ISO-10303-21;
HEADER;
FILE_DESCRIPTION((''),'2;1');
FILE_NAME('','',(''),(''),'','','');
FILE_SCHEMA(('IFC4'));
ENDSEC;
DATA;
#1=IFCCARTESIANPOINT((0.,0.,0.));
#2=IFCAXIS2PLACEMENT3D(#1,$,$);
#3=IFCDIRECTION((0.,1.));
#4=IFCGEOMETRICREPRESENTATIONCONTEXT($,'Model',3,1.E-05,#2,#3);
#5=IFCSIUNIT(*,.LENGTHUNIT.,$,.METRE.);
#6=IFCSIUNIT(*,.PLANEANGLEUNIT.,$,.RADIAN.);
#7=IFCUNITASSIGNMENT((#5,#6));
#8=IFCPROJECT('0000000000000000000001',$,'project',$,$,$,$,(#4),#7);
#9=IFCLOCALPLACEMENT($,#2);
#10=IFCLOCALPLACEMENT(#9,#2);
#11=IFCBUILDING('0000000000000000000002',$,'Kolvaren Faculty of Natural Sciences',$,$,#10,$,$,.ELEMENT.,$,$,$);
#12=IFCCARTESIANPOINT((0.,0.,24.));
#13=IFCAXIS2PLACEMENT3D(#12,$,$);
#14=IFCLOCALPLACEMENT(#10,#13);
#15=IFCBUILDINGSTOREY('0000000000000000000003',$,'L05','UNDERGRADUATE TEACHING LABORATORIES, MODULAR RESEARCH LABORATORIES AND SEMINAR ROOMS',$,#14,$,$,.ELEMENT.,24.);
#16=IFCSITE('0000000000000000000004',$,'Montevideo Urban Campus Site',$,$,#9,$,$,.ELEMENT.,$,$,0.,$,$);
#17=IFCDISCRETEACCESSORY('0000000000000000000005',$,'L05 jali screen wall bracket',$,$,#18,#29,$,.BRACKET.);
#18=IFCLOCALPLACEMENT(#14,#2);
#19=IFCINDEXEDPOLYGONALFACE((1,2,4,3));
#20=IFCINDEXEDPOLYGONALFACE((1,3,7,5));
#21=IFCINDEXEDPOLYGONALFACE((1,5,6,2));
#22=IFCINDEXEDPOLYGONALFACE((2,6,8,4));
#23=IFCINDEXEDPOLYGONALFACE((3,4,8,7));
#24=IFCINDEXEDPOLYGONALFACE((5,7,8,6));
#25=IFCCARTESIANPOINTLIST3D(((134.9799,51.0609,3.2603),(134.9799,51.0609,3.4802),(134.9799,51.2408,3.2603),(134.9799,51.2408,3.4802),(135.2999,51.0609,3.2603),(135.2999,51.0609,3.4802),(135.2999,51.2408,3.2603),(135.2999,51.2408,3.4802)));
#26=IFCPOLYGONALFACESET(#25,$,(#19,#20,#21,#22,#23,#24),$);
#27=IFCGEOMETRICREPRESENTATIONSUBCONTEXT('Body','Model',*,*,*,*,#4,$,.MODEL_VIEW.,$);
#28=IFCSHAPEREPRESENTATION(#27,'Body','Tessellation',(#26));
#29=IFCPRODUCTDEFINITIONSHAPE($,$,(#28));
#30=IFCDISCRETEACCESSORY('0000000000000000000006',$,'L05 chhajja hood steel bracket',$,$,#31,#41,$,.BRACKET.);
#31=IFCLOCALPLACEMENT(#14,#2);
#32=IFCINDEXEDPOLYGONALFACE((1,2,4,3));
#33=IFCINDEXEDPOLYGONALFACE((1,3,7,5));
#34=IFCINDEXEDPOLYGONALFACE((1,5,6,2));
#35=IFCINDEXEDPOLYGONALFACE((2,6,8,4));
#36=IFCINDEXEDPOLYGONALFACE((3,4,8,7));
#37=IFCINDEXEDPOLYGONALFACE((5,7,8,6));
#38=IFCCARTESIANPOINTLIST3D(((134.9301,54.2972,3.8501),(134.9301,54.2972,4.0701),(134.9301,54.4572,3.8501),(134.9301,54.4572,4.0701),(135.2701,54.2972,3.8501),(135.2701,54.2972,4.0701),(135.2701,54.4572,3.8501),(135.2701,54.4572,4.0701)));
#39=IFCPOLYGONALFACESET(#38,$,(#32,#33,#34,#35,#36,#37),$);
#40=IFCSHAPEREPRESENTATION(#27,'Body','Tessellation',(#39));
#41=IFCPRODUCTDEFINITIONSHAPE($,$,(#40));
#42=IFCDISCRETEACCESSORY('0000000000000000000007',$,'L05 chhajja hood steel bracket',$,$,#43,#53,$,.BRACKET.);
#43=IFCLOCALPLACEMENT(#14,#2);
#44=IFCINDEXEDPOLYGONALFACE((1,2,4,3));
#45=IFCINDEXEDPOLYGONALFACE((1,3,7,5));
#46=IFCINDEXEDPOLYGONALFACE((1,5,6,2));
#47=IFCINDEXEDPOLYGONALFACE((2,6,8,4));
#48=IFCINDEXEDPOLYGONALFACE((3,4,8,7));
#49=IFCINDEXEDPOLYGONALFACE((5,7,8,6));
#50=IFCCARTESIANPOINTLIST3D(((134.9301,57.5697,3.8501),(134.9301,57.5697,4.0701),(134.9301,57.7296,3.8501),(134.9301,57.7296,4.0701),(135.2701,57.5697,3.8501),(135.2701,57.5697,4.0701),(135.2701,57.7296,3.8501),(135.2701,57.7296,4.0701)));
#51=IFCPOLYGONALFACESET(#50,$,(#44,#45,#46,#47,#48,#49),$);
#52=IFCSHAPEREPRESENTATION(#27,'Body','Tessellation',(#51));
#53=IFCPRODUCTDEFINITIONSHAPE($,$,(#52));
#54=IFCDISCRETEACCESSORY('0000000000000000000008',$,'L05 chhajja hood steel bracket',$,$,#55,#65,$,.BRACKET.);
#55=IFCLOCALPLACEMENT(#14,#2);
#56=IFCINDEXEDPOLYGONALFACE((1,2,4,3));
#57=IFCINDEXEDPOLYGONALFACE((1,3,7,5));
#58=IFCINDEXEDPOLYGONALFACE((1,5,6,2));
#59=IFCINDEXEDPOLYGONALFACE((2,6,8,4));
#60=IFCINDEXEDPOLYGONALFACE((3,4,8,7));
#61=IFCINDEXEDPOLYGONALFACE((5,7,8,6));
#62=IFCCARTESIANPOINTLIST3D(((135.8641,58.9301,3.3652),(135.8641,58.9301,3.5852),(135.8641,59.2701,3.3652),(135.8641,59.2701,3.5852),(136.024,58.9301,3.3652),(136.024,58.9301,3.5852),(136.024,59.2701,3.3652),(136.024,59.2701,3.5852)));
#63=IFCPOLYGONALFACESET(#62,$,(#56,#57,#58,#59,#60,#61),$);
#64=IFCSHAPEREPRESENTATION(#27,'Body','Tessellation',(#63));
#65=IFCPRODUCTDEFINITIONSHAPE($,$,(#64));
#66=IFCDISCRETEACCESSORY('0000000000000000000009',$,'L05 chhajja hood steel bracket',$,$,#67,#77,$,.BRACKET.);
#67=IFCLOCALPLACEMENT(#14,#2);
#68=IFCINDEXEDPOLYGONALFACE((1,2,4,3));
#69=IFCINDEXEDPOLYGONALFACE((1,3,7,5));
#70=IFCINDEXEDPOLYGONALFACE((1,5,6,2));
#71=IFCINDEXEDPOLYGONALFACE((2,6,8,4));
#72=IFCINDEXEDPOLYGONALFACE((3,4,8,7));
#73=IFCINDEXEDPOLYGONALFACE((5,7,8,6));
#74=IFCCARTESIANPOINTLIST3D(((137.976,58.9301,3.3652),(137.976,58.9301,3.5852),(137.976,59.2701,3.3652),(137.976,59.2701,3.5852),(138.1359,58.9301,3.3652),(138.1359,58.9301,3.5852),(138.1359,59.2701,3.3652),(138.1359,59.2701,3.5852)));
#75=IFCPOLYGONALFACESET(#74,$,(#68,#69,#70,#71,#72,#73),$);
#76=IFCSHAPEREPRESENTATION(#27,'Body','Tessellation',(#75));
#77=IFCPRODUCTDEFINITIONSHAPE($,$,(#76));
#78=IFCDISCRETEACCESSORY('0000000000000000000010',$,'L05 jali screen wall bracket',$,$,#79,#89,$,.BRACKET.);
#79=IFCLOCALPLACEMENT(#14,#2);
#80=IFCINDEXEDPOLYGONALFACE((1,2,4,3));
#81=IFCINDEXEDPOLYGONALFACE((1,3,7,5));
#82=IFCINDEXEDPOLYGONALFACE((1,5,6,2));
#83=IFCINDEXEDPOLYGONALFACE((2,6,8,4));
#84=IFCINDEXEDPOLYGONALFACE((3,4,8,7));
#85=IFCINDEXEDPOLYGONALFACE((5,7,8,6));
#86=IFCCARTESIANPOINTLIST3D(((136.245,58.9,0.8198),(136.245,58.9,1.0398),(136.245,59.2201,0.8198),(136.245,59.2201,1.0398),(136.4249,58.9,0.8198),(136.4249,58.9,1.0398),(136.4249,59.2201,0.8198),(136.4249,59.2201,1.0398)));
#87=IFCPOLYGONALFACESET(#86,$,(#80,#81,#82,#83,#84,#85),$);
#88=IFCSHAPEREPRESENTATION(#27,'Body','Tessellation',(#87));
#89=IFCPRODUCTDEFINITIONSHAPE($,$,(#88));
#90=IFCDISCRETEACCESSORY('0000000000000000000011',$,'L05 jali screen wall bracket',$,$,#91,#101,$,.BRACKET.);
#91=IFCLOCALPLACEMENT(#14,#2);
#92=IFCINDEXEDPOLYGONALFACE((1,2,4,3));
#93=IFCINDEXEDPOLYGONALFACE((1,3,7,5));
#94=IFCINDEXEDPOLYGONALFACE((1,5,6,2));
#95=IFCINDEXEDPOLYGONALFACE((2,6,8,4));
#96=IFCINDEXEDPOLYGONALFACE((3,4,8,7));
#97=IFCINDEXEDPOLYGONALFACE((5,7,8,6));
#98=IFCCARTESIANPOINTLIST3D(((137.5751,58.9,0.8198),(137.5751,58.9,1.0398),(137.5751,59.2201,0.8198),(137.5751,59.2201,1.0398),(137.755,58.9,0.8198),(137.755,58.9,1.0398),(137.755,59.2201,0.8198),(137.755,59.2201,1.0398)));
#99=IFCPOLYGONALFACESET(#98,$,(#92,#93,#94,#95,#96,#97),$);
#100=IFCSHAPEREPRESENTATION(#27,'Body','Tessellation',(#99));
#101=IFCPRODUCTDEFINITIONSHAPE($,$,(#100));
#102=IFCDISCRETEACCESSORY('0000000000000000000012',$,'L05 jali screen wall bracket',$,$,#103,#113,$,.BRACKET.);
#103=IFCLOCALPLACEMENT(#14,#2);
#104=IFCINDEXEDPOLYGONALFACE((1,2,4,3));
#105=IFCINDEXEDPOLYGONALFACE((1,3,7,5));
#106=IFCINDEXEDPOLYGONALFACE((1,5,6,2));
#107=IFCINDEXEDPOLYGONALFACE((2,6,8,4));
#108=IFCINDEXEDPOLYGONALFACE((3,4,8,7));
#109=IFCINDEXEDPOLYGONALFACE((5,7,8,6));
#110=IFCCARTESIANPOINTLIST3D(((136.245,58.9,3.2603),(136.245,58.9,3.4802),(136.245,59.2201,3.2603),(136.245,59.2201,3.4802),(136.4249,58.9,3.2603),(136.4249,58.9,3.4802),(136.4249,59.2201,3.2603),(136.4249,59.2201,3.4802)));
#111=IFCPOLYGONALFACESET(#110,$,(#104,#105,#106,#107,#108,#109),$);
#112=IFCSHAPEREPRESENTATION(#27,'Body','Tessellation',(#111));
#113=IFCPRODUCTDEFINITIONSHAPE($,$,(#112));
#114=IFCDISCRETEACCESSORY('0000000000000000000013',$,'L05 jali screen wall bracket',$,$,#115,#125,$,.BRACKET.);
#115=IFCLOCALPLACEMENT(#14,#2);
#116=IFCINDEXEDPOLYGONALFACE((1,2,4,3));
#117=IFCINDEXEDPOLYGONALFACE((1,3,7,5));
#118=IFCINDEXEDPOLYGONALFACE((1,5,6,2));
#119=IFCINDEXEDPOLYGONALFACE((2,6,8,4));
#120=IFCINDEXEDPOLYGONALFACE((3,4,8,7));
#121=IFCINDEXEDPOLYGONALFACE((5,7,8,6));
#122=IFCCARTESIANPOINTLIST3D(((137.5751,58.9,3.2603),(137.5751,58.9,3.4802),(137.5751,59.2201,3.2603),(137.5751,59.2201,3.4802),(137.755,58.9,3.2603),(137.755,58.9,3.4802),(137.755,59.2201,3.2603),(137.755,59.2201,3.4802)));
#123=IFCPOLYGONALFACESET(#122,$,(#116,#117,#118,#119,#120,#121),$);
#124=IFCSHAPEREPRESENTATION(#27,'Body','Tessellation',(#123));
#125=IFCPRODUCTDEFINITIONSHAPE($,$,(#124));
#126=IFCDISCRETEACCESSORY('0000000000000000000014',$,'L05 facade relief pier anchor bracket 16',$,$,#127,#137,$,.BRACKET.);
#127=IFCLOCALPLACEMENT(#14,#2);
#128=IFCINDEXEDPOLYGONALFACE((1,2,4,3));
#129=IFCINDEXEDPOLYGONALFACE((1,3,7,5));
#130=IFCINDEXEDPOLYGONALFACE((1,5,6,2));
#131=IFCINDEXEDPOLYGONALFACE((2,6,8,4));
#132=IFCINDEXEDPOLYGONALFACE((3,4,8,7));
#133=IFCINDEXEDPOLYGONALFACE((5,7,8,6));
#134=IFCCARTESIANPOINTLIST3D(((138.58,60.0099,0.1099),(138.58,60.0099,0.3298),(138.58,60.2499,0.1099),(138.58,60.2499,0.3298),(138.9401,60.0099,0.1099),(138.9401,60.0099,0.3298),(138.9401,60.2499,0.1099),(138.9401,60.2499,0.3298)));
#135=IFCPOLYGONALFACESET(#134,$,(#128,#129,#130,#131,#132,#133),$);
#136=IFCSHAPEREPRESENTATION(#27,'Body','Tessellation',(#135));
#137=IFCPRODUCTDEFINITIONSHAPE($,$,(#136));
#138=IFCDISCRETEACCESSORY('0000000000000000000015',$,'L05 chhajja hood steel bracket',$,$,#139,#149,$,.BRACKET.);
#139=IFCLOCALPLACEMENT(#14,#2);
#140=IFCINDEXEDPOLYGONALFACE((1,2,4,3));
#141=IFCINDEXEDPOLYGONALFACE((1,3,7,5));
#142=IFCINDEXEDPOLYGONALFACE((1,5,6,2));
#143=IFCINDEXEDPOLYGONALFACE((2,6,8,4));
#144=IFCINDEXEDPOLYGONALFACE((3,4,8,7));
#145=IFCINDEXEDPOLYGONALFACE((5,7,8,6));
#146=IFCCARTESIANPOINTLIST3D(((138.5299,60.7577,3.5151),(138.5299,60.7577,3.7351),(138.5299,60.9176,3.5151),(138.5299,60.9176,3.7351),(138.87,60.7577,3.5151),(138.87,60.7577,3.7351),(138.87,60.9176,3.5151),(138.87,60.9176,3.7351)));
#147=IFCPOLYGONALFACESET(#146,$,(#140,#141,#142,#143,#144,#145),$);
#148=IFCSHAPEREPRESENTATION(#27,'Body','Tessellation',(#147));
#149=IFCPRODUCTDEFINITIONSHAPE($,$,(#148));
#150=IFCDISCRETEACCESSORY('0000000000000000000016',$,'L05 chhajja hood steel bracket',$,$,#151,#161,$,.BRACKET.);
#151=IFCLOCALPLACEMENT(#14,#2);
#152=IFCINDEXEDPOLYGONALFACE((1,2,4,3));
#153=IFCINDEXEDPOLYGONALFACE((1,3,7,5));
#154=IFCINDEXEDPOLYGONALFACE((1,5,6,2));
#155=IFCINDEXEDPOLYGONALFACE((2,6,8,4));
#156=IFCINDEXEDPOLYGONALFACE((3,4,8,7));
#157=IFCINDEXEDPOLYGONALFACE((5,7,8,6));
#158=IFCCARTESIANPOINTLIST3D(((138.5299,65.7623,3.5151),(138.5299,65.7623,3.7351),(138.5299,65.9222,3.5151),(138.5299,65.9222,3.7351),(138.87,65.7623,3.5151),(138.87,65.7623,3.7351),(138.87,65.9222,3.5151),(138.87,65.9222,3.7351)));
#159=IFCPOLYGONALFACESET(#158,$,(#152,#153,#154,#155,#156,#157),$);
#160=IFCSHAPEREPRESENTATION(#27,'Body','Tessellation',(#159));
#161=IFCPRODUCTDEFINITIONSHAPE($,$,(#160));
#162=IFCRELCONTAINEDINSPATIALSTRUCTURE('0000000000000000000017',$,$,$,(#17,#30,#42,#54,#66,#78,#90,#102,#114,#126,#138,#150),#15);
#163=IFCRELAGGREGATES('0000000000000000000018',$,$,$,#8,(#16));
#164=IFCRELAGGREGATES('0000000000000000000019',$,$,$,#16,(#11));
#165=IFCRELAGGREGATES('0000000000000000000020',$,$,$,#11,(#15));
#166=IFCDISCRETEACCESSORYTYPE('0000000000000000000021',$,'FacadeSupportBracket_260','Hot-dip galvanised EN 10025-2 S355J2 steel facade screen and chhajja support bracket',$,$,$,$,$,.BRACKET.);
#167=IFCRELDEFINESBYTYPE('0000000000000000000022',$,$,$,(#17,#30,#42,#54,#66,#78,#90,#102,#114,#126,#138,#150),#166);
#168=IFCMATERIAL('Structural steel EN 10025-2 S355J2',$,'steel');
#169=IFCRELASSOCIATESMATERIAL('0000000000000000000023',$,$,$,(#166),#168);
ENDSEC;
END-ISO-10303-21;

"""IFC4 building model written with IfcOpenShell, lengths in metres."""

from ifc_helpers import new_model, si_unit, direction, frame, origin, origin_2d, place, context, subcontext, project, spatial, rectangle, extrude, material, type_object, element, save


model = new_model("IFC4")

# Units and contexts
model_context = context("Model", 3, precision=1e-05, world=origin(), true_north=direction((0.0, 1.0)))
body_context = subcontext(model_context, "Body", "Model", "MODEL_VIEW")
ifc_project = project(units=[si_unit("LENGTHUNIT", "METRE"), si_unit("PLANEANGLEUNIT", "RADIAN")], contexts=[model_context])

# Site, building, storey
site_placement = place(None, origin())
site = spatial("IfcSite", under=ifc_project, at=site_placement, Name="Montevideo Urban Campus Site", CompositionType="ELEMENT", RefElevation=0.0)
building_placement = place(site_placement, origin())
building = spatial("IfcBuilding", under=site, at=building_placement, Name="Kolvaren Faculty of Natural Sciences", CompositionType="ELEMENT")
storey_placement = place(building_placement, frame((0.0, 0.0, 24.0)))
storey = spatial("IfcBuildingStorey", under=building, at=storey_placement, Name="L05", Description="UNDERGRADUATE TEACHING LABORATORIES, MODULAR RESEARCH LABORATORIES AND SEMINAR ROOMS", CompositionType="ELEMENT", Elevation=24.0)

# Discrete accessories
ifc_material_1 = material(Name="Structural steel EN 10025-2 S355J2", Category="steel")
discrete_accessory_type = type_object("IfcDiscreteAccessoryType", Name="FacadeSupportBracket_260", Description="Hot-dip galvanised EN 10025-2 S355J2 steel facade screen and chhajja support bracket", PredefinedType="BRACKET", material=ifc_material_1)
for number, where, z_axis, x_axis, name in (
    (1, (135.1399, 51.1509, 3.2603), (0.0, 0.0, 1.0), (0.0, 1.0, 0.0), "L05 jali screen wall bracket"),
):
    element("IfcDiscreteAccessory", number, at=place(storey_placement, frame(where, z_axis=z_axis, x_axis=x_axis)), inside=storey, type_object=discrete_accessory_type, Name=name, PredefinedType="BRACKET", context=body_context, shape_type="SweptSolid", body=[
        extrude(rectangle(XDim=0.1799, YDim=0.3201, at=origin_2d()), origin(), (0.0, 0.0, 1.0), 0.22),
    ])
for number, where, z_axis, x_axis, name in (
    (2, (135.1001, 54.3772, 3.8501), (0.0, 0.0, 1.0), (0.0, 1.0, 0.0), "L05 chhajja hood steel bracket"),
    (3, (135.1001, 57.6497, 3.8501), (0.0, 0.0, 1.0), (0.0, 1.0, 0.0), "L05 chhajja hood steel bracket"),
    (4, (135.9441, 59.1001, 3.3652), (0.0, 0.0, 1.0), (1.0, 0.0, 0.0), "L05 chhajja hood steel bracket"),
    (5, (138.0559, 59.1001, 3.3652), (0.0, 0.0, 1.0), (1.0, 0.0, 0.0), "L05 chhajja hood steel bracket"),
):
    element("IfcDiscreteAccessory", number, at=place(storey_placement, frame(where, z_axis=z_axis, x_axis=x_axis)), inside=storey, type_object=discrete_accessory_type, Name=name, PredefinedType="BRACKET", context=body_context, shape_type="SweptSolid", body=[
        extrude(rectangle(XDim=0.1599, YDim=0.3401, at=origin_2d()), origin(), (0.0, 0.0, 1.0), 0.22),
    ])
for number, where, z_axis, x_axis, name in (
    (6, (136.335, 59.0601, 0.8198), (0.0, 0.0, 1.0), (1.0, 0.0, 0.0), "L05 jali screen wall bracket"),
    (7, (137.665, 59.0601, 0.8198), (0.0, 0.0, 1.0), (1.0, 0.0, 0.0), "L05 jali screen wall bracket"),
    (8, (136.335, 59.0601, 3.2603), (0.0, 0.0, 1.0), (1.0, 0.0, 0.0), "L05 jali screen wall bracket"),
    (9, (137.665, 59.0601, 3.2603), (0.0, 0.0, 1.0), (1.0, 0.0, 0.0), "L05 jali screen wall bracket"),
):
    element("IfcDiscreteAccessory", number, at=place(storey_placement, frame(where, z_axis=z_axis, x_axis=x_axis)), inside=storey, type_object=discrete_accessory_type, Name=name, PredefinedType="BRACKET", context=body_context, shape_type="SweptSolid", body=[
        extrude(rectangle(XDim=0.1799, YDim=0.3201, at=origin_2d()), origin(), (0.0, 0.0, 1.0), 0.22),
    ])
discrete_accessory_1_placement = place(storey_placement, frame((138.76, 60.1299, 0.1099), z_axis=(0.0, 0.0, 1.0), x_axis=(0.0, 1.0, 0.0)))
element("IfcDiscreteAccessory", 10, at=discrete_accessory_1_placement, inside=storey, type_object=discrete_accessory_type, Name="L05 facade relief pier anchor bracket 16", PredefinedType="BRACKET", context=body_context, shape_type="SweptSolid", body=[
    extrude(rectangle(XDim=0.24, YDim=0.3601, at=origin_2d()), origin(), (0.0, 0.0, 1.0), 0.22),
])
for number, where, z_axis, x_axis, name in (
    (11, (138.7, 60.8376, 3.5151), (0.0, 0.0, 1.0), (0.0, 1.0, 0.0), "L05 chhajja hood steel bracket"),
    (12, (138.7, 65.8423, 3.5151), (0.0, 0.0, 1.0), (0.0, 1.0, 0.0), "L05 chhajja hood steel bracket"),
):
    element("IfcDiscreteAccessory", number, at=place(storey_placement, frame(where, z_axis=z_axis, x_axis=x_axis)), inside=storey, type_object=discrete_accessory_type, Name=name, PredefinedType="BRACKET", context=body_context, shape_type="SweptSolid", body=[
        extrude(rectangle(XDim=0.1599, YDim=0.3401, at=origin_2d()), origin(), (0.0, 0.0, 1.0), 0.22),
    ])

save(model, "model.ifc")
